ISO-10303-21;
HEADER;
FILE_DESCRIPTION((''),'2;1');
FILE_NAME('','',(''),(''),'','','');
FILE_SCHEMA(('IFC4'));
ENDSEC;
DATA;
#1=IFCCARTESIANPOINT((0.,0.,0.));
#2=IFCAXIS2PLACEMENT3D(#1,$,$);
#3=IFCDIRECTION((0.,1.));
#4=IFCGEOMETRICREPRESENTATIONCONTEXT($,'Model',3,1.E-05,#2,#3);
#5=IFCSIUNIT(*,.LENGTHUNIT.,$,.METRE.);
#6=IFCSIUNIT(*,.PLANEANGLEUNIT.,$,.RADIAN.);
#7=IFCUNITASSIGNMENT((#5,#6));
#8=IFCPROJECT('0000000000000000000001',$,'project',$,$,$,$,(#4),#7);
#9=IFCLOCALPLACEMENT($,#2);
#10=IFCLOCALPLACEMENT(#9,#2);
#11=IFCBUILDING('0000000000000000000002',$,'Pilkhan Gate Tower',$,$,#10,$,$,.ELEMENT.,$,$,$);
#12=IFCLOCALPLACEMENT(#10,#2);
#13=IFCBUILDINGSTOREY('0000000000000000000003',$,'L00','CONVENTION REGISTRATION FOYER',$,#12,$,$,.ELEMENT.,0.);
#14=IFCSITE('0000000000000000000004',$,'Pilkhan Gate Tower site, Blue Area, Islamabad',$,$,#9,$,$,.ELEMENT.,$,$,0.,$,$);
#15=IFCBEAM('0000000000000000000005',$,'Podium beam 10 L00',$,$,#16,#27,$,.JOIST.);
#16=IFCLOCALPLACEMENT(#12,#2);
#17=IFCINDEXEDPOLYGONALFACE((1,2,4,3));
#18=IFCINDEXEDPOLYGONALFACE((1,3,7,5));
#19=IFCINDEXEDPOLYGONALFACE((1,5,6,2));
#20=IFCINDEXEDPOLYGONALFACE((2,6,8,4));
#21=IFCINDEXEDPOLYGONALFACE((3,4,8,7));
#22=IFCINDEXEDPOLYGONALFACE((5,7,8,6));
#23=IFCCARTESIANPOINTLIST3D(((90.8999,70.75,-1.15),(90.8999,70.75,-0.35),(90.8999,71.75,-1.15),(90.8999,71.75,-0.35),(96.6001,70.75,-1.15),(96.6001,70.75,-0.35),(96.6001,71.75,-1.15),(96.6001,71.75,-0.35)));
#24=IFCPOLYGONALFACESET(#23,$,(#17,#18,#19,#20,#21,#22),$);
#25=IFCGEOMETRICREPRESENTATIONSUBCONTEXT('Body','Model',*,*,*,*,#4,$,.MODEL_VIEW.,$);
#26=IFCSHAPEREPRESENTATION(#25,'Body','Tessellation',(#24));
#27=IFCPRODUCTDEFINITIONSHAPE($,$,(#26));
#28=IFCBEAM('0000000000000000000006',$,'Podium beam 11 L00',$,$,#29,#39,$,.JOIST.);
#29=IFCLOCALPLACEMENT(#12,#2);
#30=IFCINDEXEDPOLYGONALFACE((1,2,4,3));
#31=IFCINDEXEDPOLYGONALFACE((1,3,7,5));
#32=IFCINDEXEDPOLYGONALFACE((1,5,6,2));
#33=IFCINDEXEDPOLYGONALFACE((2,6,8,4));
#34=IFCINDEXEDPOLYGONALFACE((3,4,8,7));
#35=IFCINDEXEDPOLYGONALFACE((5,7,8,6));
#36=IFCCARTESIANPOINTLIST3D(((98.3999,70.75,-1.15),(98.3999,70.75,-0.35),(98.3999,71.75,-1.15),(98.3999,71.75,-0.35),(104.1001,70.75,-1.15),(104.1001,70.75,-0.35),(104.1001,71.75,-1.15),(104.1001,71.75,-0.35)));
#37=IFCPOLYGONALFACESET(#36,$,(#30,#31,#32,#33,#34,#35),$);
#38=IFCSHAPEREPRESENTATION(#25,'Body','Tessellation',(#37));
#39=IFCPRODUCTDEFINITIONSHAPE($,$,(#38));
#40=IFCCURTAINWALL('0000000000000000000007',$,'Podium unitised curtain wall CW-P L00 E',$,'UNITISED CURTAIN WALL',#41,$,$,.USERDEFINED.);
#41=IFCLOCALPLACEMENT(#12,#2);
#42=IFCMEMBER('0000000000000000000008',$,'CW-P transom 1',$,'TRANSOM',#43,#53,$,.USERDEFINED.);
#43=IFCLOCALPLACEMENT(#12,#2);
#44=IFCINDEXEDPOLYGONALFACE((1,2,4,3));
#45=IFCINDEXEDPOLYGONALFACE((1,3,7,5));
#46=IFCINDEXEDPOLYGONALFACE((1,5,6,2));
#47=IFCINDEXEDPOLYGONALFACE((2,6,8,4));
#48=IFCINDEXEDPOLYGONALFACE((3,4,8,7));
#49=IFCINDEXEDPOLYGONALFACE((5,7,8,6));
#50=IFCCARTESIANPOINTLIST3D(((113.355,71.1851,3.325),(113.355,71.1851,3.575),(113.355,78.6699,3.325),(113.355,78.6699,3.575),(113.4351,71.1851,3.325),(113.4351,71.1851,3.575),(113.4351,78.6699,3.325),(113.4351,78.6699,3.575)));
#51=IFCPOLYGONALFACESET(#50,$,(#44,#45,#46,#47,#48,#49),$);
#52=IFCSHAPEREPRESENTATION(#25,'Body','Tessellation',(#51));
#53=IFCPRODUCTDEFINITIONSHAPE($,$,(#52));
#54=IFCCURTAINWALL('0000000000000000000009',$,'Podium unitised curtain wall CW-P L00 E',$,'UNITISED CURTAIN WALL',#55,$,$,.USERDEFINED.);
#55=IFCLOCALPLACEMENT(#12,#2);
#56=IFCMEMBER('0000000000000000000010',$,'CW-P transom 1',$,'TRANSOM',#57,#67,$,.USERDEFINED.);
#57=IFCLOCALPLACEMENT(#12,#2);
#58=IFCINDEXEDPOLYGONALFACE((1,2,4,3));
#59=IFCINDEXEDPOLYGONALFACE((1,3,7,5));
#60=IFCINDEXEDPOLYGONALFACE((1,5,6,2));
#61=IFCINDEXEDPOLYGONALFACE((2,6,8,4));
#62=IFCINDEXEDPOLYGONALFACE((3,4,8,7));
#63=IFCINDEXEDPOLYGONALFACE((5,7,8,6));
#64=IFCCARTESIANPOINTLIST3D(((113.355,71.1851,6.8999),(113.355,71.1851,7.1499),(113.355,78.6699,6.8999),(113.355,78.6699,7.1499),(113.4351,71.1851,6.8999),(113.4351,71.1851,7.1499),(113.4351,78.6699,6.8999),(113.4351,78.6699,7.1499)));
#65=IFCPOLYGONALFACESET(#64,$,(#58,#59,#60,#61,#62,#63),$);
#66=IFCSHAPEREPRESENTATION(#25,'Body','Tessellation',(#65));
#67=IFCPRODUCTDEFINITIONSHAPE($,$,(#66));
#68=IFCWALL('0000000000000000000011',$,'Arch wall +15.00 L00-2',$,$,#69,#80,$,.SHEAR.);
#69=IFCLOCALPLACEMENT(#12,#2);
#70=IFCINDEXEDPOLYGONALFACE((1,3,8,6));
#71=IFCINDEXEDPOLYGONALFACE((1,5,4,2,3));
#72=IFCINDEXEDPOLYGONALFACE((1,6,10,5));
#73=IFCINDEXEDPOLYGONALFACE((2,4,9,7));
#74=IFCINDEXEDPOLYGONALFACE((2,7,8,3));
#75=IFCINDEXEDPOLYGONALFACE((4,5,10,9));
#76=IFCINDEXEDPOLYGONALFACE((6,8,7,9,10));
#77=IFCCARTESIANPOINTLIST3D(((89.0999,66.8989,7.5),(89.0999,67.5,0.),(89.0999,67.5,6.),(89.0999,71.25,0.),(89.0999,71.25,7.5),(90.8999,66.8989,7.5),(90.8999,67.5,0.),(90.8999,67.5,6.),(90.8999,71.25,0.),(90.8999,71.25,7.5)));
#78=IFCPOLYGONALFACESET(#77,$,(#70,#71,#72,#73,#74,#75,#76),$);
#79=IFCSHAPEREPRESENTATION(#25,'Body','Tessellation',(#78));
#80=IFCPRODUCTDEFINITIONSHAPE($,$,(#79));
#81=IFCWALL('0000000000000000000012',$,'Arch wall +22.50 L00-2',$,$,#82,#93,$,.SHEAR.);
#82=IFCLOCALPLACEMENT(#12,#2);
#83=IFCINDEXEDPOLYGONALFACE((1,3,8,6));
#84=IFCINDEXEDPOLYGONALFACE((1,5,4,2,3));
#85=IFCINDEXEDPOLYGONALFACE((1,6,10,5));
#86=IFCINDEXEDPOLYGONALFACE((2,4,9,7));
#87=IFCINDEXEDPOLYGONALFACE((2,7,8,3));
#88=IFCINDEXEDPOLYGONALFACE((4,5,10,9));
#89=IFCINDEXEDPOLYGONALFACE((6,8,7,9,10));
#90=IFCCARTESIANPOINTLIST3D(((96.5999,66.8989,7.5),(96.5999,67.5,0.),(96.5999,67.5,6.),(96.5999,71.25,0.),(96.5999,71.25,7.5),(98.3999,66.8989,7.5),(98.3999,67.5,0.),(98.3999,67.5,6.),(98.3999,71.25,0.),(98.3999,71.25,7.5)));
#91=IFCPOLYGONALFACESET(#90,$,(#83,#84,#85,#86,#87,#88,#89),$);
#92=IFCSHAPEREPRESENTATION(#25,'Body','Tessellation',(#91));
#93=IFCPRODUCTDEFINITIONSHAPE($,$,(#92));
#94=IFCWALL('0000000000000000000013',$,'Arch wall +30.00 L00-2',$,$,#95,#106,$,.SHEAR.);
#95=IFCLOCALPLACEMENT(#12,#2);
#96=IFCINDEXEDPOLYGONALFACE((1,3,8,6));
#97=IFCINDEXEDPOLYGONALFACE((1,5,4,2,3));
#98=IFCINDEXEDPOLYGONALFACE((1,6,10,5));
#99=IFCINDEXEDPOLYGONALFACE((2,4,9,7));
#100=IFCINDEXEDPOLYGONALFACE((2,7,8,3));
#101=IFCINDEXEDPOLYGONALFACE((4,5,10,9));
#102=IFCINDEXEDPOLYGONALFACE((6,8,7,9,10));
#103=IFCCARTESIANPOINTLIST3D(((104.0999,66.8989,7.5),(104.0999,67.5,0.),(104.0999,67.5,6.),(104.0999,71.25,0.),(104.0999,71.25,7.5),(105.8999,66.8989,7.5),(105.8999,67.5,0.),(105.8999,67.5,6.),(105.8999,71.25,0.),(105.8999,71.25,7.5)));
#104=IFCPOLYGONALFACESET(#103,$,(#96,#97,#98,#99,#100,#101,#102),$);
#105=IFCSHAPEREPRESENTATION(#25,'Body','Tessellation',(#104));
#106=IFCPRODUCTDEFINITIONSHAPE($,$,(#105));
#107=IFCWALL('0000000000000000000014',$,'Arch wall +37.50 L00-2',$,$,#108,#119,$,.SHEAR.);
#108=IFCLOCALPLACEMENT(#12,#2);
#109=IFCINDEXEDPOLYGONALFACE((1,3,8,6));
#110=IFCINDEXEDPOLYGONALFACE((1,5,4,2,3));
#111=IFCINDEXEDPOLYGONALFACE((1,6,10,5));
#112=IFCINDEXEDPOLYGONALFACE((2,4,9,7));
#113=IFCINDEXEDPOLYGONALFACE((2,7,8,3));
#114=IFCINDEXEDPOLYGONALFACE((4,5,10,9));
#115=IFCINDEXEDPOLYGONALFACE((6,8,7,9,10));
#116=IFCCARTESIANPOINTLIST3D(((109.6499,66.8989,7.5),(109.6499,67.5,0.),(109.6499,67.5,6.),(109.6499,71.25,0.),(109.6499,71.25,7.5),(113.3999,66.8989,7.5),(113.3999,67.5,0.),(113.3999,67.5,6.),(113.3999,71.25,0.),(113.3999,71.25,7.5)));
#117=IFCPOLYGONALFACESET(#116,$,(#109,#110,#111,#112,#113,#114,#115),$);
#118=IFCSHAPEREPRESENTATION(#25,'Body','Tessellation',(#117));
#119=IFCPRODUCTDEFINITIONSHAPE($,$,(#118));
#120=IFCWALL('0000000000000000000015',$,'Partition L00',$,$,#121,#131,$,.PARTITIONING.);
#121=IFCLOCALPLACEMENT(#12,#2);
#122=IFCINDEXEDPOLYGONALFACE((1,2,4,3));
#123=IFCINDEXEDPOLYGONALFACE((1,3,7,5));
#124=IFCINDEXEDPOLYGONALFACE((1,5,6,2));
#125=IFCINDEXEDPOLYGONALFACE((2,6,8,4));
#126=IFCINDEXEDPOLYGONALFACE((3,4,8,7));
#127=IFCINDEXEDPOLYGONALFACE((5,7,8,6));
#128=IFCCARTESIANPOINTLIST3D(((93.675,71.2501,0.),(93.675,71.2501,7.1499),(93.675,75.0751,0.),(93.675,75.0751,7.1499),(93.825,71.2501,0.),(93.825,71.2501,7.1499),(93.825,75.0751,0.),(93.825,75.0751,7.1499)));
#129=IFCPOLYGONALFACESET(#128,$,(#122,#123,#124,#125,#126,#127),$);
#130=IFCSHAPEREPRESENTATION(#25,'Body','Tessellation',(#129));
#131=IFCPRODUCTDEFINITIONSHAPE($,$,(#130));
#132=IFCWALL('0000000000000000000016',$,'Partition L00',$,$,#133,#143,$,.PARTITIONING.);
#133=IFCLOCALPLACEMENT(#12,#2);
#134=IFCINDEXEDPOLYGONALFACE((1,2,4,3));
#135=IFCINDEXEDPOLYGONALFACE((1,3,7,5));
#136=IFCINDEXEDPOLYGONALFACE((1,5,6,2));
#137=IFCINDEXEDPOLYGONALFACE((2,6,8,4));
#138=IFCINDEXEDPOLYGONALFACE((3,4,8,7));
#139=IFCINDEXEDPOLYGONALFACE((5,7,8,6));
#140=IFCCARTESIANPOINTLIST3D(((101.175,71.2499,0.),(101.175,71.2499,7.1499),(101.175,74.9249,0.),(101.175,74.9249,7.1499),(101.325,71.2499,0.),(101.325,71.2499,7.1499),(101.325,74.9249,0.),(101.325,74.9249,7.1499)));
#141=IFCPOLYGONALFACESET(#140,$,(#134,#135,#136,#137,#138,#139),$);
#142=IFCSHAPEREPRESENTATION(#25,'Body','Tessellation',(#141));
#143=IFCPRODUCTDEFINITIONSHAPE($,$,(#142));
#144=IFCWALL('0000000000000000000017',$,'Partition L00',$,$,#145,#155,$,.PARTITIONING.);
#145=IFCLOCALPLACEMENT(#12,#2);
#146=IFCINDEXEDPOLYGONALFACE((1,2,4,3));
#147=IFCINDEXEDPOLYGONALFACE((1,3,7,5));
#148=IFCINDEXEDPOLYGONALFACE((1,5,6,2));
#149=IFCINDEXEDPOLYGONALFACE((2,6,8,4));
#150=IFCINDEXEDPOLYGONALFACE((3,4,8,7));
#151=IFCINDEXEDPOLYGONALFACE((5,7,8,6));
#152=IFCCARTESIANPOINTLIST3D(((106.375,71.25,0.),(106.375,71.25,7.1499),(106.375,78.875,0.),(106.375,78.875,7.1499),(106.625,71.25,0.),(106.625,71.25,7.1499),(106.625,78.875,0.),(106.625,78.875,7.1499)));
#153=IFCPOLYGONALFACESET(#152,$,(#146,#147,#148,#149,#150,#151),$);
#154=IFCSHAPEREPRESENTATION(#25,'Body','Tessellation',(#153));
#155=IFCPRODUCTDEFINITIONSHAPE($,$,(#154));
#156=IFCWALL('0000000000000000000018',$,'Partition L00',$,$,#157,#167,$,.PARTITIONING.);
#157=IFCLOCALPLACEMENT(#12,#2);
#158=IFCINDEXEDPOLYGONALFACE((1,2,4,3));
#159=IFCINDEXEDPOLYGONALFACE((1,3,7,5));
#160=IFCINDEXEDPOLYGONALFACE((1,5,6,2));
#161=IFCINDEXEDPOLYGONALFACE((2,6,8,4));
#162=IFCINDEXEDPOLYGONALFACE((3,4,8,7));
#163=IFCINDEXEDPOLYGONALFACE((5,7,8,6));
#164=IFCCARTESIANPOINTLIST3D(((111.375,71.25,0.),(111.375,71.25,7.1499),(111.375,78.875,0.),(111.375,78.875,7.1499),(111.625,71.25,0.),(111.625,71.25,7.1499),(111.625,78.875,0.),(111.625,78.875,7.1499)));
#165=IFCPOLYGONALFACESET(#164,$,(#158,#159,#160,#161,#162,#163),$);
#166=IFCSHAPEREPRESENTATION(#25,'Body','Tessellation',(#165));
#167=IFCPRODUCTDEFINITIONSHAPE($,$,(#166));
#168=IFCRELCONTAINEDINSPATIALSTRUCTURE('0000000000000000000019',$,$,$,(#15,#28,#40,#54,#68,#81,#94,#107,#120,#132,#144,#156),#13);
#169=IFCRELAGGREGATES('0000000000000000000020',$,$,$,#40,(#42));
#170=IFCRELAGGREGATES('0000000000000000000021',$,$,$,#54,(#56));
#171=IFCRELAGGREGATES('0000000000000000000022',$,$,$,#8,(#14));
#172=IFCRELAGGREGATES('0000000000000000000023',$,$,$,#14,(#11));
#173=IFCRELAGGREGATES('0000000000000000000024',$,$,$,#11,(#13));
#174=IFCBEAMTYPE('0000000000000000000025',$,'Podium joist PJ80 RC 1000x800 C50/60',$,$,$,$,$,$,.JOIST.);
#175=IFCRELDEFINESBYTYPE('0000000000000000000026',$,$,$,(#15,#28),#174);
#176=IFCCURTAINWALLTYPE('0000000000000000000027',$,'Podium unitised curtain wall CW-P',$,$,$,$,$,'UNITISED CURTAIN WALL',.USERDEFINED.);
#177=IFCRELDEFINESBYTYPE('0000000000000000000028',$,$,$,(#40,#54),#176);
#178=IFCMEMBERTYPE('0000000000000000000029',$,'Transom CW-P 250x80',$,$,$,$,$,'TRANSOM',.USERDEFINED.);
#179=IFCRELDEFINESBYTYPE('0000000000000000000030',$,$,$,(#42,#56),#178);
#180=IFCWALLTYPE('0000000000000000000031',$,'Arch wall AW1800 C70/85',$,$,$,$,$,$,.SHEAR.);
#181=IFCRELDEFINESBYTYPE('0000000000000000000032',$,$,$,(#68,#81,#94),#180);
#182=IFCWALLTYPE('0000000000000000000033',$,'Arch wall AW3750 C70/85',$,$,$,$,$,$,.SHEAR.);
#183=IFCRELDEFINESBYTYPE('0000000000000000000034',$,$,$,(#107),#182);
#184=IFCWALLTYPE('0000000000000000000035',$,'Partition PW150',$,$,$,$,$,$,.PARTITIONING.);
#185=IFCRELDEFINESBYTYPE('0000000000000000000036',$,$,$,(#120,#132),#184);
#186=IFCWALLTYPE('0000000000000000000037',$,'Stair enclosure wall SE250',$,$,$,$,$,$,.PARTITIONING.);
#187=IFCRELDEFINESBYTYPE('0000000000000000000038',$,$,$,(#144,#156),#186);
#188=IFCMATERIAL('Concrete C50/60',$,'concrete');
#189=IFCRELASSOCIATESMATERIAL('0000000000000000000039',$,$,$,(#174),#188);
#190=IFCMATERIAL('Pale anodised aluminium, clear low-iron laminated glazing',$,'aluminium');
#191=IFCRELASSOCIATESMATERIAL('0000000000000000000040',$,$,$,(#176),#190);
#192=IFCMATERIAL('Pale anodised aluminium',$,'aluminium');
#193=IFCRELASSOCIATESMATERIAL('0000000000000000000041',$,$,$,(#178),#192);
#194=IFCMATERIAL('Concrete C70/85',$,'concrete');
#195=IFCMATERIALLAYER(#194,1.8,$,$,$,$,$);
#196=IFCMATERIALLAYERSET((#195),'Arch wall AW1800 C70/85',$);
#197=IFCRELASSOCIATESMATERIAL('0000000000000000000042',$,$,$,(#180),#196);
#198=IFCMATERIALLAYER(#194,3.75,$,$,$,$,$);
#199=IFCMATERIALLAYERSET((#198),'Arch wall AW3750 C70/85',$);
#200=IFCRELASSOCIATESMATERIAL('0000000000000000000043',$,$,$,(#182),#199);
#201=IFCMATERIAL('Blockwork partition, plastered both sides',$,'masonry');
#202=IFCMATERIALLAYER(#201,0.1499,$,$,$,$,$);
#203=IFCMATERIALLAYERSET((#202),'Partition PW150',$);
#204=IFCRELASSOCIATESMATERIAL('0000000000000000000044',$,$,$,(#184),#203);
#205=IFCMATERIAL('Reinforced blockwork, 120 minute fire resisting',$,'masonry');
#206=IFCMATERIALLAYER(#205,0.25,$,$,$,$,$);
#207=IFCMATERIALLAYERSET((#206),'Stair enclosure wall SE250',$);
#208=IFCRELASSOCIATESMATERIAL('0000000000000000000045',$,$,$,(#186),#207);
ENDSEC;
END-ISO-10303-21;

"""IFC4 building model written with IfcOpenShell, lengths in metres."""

from ifc_helpers import new_model, si_unit, direction, frame, frame_2d, origin, origin_2d, place, context, subcontext, project, spatial, polyline, rectangle, outline, extrude, material, layer, layer_set, material_profile, profile_set, type_object, element, aggregate, save


model = new_model("IFC4")

# Units and contexts
model_context = context("Model", 3, precision=1e-05, world=origin(), true_north=direction((0.0, 1.0)))
body_context = subcontext(model_context, "Body", "Model", "MODEL_VIEW")
ifc_project = project(units=[si_unit("LENGTHUNIT", "METRE"), si_unit("PLANEANGLEUNIT", "RADIAN")], contexts=[model_context])

# Site, building, storey
site_placement = place(None, origin())
site = spatial("IfcSite", under=ifc_project, at=site_placement, Name="Pilkhan Gate Tower site, Blue Area, Islamabad", CompositionType="ELEMENT", RefElevation=0.0)
building_placement = place(site_placement, origin())
building = spatial("IfcBuilding", under=site, at=building_placement, Name="Pilkhan Gate Tower", CompositionType="ELEMENT")
storey_placement = place(building_placement, origin())
storey = spatial("IfcBuildingStorey", under=building, at=storey_placement, Name="L00", Description="CONVENTION REGISTRATION FOYER", CompositionType="ELEMENT", Elevation=0.0)

# Beams
ifc_material_1 = material(Name="Concrete C50/60", Category="concrete")
ifc_material_profile_1 = material_profile(ifc_material_1, rectangle(XDim=1.0, YDim=0.8, at=origin_2d()), Name="RC 1000x800")
ifc_profile_set_1 = profile_set([ifc_material_profile_1], Name="Concrete C50/60")
beam_type = type_object("IfcBeamType", Name="Podium joist PJ80 RC 1000x800 C50/60", PredefinedType="JOIST", material=ifc_profile_set_1)
for number, where, z_axis, x_axis, name in (
    (1, (90.8999, 71.25, -0.75), (1.0, 0.0, 0.0), (0.0, 1.0, 0.0), "Podium beam 10 L00"),
    (2, (98.3999, 71.25, -0.75), (1.0, 0.0, 0.0), (0.0, 1.0, 0.0), "Podium beam 11 L00"),
):
    element("IfcBeam", number, at=place(storey_placement, frame(where, z_axis=z_axis, x_axis=x_axis)), inside=storey, type_object=beam_type, Name=name, PredefinedType="JOIST", context=body_context, shape_type="SweptSolid", body=[
        extrude(rectangle(XDim=1.0, YDim=0.8, at=origin_2d()), origin(), (0.0, 0.0, 1.0), 5.7002),
    ])

# Curtain walls, members
ifc_material_2 = material(Name="Pale anodised aluminium, clear low-iron laminated glazing", Category="aluminium")
curtain_wall_type = type_object("IfcCurtainWallType", Name="Podium unitised curtain wall CW-P", ElementType="UNITISED CURTAIN WALL", PredefinedType="USERDEFINED", material=ifc_material_2)
curtain_wall_1_placement = place(storey_placement, origin())
curtain_wall_1 = element("IfcCurtainWall", 3, at=curtain_wall_1_placement, inside=storey, type_object=curtain_wall_type, Name="Podium unitised curtain wall CW-P L00 E", ObjectType="UNITISED CURTAIN WALL", PredefinedType="USERDEFINED")
ifc_material_3 = material(Name="Pale anodised aluminium", Category="aluminium")
ifc_material_profile_2 = material_profile(ifc_material_3, rectangle(XDim=0.0801, YDim=0.25, at=origin_2d()), Name="Transom 250x80")
ifc_profile_set_2 = profile_set([ifc_material_profile_2], Name="Pale anodised aluminium")
member_type = type_object("IfcMemberType", Name="Transom CW-P 250x80", ElementType="TRANSOM", PredefinedType="USERDEFINED", material=ifc_profile_set_2)
member_1_placement = place(storey_placement, frame((113.395, 71.1851, 3.45), z_axis=(0.0, 1.0, 0.0), x_axis=(-1.0, 0.0, 0.0)))
member_1 = element("IfcMember", 4, at=member_1_placement, type_object=member_type, Name="CW-P transom 1", ObjectType="TRANSOM", PredefinedType="USERDEFINED", context=body_context, shape_type="SweptSolid", body=[
    extrude(rectangle(XDim=0.0801, YDim=0.25, at=origin_2d()), origin(), (0.0, 0.0, 1.0), 7.4849),
])
aggregate(curtain_wall_1, [member_1])
curtain_wall_2_placement = place(storey_placement, origin())
curtain_wall_2 = element("IfcCurtainWall", 5, at=curtain_wall_2_placement, inside=storey, type_object=curtain_wall_type, Name="Podium unitised curtain wall CW-P L00 E", ObjectType="UNITISED CURTAIN WALL", PredefinedType="USERDEFINED")
member_2_placement = place(storey_placement, frame((113.395, 71.1851, 7.0249), z_axis=(0.0, 1.0, 0.0), x_axis=(-1.0, 0.0, 0.0)))
member_2 = element("IfcMember", 6, at=member_2_placement, type_object=member_type, Name="CW-P transom 1", ObjectType="TRANSOM", PredefinedType="USERDEFINED", context=body_context, shape_type="SweptSolid", body=[
    extrude(rectangle(XDim=0.0801, YDim=0.25, at=origin_2d()), origin(), (0.0, 0.0, 1.0), 7.4849),
])
aggregate(curtain_wall_2, [member_2])

# Walls
ifc_material_4 = material(Name="Concrete C70/85", Category="concrete")
ifc_layer_1 = layer(ifc_material_4, 1.8)
ifc_layer_set_1 = layer_set([ifc_layer_1], Name="Arch wall AW1800 C70/85")
wall_type_1 = type_object("IfcWallType", Name="Arch wall AW1800 C70/85", PredefinedType="SHEAR", material=ifc_layer_set_1)
for number, where, z_axis, x_axis, name in (
    (7, (90.8999, 71.25, 7.5), (1.0, 0.0, 0.0), (0.0, -1.0, 0.0), "Arch wall +15.00 L00-2"),
    (8, (98.3999, 71.25, 7.5), (1.0, 0.0, 0.0), (0.0, -1.0, 0.0), "Arch wall +22.50 L00-2"),
    (9, (105.8999, 71.25, 7.5), (1.0, 0.0, 0.0), (0.0, -1.0, 0.0), "Arch wall +30.00 L00-2"),
):
    element("IfcWall", number, at=place(storey_placement, frame(where, z_axis=z_axis, x_axis=x_axis)), inside=storey, type_object=wall_type_1, Name=name, PredefinedType="SHEAR", context=body_context, shape_type="SweptSolid", body=[
        extrude(outline(polyline([(0.0, 0.0), (4.3511, 0.0), (3.75, 1.5), (3.75, 7.5), (0.0, 7.5), (0.0, 0.0)])), origin(), (0.0, 0.0, -1.0), 1.8),
    ])
ifc_layer_2 = layer(ifc_material_4, 3.75)
ifc_layer_set_2 = layer_set([ifc_layer_2], Name="Arch wall AW3750 C70/85")
wall_type_2 = type_object("IfcWallType", Name="Arch wall AW3750 C70/85", PredefinedType="SHEAR", material=ifc_layer_set_2)
wall_1_placement = place(storey_placement, frame((113.3999, 71.25, 7.5), z_axis=(1.0, 0.0, 0.0), x_axis=(0.0, -1.0, 0.0)))
element("IfcWall", 10, at=wall_1_placement, inside=storey, type_object=wall_type_2, Name="Arch wall +37.50 L00-2", PredefinedType="SHEAR", context=body_context, shape_type="SweptSolid", body=[
    extrude(outline(polyline([(0.0, 0.0), (4.3511, 0.0), (3.75, 1.5), (3.75, 7.5), (0.0, 7.5), (0.0, 0.0)])), origin(), (0.0, 0.0, -1.0), 3.75),
])
ifc_material_5 = material(Name="Blockwork partition, plastered both sides", Category="masonry")
ifc_layer_3 = layer(ifc_material_5, 0.1499)
ifc_layer_set_3 = layer_set([ifc_layer_3], Name="Partition PW150")
wall_type_3 = type_object("IfcWallType", Name="Partition PW150", PredefinedType="PARTITIONING", material=ifc_layer_set_3)
wall_2_placement = place(storey_placement, frame((93.75, 71.25, 0.0), z_axis=(0.0, 0.0, 1.0), x_axis=(0.0, 1.0, 0.0)))
element("IfcWall", 11, at=wall_2_placement, inside=storey, type_object=wall_type_3, Name="Partition L00", PredefinedType="PARTITIONING", context=body_context, shape_type="SweptSolid", body=[
    extrude(rectangle(XDim=3.825, YDim=0.1499, at=frame_2d((1.9126, 0.0))), origin(), (0.0, 0.0, 1.0), 7.1499),
])
wall_3_placement = place(storey_placement, frame((101.25, 71.25, 0.0), z_axis=(0.0, 0.0, 1.0), x_axis=(0.0, 1.0, 0.0)))
element("IfcWall", 12, at=wall_3_placement, inside=storey, type_object=wall_type_3, Name="Partition L00", PredefinedType="PARTITIONING", context=body_context, shape_type="SweptSolid", body=[
    extrude(rectangle(XDim=3.675, YDim=0.1499, at=frame_2d((1.8374, 0.0))), origin(), (0.0, 0.0, 1.0), 7.1499),
])
ifc_material_6 = material(Name="Reinforced blockwork, 120 minute fire resisting", Category="masonry")
ifc_layer_4 = layer(ifc_material_6, 0.25)
ifc_layer_set_4 = layer_set([ifc_layer_4], Name="Stair enclosure wall SE250")
wall_type_4 = type_object("IfcWallType", Name="Stair enclosure wall SE250", PredefinedType="PARTITIONING", material=ifc_layer_set_4)
for number, where, z_axis, x_axis, name in (
    (13, (106.5, 71.25, 0.0), (0.0, 0.0, 1.0), (0.0, 1.0, 0.0), "Partition L00"),
    (14, (111.5, 71.25, 0.0), (0.0, 0.0, 1.0), (0.0, 1.0, 0.0), "Partition L00"),
):
    element("IfcWall", number, at=place(storey_placement, frame(where, z_axis=z_axis, x_axis=x_axis)), inside=storey, type_object=wall_type_4, Name=name, PredefinedType="PARTITIONING", context=body_context, shape_type="SweptSolid", body=[
        extrude(rectangle(XDim=7.625, YDim=0.25, at=frame_2d((3.8125, 0.0))), origin(), (0.0, 0.0, 1.0), 7.1499),
    ])

save(model, "model.ifc")
